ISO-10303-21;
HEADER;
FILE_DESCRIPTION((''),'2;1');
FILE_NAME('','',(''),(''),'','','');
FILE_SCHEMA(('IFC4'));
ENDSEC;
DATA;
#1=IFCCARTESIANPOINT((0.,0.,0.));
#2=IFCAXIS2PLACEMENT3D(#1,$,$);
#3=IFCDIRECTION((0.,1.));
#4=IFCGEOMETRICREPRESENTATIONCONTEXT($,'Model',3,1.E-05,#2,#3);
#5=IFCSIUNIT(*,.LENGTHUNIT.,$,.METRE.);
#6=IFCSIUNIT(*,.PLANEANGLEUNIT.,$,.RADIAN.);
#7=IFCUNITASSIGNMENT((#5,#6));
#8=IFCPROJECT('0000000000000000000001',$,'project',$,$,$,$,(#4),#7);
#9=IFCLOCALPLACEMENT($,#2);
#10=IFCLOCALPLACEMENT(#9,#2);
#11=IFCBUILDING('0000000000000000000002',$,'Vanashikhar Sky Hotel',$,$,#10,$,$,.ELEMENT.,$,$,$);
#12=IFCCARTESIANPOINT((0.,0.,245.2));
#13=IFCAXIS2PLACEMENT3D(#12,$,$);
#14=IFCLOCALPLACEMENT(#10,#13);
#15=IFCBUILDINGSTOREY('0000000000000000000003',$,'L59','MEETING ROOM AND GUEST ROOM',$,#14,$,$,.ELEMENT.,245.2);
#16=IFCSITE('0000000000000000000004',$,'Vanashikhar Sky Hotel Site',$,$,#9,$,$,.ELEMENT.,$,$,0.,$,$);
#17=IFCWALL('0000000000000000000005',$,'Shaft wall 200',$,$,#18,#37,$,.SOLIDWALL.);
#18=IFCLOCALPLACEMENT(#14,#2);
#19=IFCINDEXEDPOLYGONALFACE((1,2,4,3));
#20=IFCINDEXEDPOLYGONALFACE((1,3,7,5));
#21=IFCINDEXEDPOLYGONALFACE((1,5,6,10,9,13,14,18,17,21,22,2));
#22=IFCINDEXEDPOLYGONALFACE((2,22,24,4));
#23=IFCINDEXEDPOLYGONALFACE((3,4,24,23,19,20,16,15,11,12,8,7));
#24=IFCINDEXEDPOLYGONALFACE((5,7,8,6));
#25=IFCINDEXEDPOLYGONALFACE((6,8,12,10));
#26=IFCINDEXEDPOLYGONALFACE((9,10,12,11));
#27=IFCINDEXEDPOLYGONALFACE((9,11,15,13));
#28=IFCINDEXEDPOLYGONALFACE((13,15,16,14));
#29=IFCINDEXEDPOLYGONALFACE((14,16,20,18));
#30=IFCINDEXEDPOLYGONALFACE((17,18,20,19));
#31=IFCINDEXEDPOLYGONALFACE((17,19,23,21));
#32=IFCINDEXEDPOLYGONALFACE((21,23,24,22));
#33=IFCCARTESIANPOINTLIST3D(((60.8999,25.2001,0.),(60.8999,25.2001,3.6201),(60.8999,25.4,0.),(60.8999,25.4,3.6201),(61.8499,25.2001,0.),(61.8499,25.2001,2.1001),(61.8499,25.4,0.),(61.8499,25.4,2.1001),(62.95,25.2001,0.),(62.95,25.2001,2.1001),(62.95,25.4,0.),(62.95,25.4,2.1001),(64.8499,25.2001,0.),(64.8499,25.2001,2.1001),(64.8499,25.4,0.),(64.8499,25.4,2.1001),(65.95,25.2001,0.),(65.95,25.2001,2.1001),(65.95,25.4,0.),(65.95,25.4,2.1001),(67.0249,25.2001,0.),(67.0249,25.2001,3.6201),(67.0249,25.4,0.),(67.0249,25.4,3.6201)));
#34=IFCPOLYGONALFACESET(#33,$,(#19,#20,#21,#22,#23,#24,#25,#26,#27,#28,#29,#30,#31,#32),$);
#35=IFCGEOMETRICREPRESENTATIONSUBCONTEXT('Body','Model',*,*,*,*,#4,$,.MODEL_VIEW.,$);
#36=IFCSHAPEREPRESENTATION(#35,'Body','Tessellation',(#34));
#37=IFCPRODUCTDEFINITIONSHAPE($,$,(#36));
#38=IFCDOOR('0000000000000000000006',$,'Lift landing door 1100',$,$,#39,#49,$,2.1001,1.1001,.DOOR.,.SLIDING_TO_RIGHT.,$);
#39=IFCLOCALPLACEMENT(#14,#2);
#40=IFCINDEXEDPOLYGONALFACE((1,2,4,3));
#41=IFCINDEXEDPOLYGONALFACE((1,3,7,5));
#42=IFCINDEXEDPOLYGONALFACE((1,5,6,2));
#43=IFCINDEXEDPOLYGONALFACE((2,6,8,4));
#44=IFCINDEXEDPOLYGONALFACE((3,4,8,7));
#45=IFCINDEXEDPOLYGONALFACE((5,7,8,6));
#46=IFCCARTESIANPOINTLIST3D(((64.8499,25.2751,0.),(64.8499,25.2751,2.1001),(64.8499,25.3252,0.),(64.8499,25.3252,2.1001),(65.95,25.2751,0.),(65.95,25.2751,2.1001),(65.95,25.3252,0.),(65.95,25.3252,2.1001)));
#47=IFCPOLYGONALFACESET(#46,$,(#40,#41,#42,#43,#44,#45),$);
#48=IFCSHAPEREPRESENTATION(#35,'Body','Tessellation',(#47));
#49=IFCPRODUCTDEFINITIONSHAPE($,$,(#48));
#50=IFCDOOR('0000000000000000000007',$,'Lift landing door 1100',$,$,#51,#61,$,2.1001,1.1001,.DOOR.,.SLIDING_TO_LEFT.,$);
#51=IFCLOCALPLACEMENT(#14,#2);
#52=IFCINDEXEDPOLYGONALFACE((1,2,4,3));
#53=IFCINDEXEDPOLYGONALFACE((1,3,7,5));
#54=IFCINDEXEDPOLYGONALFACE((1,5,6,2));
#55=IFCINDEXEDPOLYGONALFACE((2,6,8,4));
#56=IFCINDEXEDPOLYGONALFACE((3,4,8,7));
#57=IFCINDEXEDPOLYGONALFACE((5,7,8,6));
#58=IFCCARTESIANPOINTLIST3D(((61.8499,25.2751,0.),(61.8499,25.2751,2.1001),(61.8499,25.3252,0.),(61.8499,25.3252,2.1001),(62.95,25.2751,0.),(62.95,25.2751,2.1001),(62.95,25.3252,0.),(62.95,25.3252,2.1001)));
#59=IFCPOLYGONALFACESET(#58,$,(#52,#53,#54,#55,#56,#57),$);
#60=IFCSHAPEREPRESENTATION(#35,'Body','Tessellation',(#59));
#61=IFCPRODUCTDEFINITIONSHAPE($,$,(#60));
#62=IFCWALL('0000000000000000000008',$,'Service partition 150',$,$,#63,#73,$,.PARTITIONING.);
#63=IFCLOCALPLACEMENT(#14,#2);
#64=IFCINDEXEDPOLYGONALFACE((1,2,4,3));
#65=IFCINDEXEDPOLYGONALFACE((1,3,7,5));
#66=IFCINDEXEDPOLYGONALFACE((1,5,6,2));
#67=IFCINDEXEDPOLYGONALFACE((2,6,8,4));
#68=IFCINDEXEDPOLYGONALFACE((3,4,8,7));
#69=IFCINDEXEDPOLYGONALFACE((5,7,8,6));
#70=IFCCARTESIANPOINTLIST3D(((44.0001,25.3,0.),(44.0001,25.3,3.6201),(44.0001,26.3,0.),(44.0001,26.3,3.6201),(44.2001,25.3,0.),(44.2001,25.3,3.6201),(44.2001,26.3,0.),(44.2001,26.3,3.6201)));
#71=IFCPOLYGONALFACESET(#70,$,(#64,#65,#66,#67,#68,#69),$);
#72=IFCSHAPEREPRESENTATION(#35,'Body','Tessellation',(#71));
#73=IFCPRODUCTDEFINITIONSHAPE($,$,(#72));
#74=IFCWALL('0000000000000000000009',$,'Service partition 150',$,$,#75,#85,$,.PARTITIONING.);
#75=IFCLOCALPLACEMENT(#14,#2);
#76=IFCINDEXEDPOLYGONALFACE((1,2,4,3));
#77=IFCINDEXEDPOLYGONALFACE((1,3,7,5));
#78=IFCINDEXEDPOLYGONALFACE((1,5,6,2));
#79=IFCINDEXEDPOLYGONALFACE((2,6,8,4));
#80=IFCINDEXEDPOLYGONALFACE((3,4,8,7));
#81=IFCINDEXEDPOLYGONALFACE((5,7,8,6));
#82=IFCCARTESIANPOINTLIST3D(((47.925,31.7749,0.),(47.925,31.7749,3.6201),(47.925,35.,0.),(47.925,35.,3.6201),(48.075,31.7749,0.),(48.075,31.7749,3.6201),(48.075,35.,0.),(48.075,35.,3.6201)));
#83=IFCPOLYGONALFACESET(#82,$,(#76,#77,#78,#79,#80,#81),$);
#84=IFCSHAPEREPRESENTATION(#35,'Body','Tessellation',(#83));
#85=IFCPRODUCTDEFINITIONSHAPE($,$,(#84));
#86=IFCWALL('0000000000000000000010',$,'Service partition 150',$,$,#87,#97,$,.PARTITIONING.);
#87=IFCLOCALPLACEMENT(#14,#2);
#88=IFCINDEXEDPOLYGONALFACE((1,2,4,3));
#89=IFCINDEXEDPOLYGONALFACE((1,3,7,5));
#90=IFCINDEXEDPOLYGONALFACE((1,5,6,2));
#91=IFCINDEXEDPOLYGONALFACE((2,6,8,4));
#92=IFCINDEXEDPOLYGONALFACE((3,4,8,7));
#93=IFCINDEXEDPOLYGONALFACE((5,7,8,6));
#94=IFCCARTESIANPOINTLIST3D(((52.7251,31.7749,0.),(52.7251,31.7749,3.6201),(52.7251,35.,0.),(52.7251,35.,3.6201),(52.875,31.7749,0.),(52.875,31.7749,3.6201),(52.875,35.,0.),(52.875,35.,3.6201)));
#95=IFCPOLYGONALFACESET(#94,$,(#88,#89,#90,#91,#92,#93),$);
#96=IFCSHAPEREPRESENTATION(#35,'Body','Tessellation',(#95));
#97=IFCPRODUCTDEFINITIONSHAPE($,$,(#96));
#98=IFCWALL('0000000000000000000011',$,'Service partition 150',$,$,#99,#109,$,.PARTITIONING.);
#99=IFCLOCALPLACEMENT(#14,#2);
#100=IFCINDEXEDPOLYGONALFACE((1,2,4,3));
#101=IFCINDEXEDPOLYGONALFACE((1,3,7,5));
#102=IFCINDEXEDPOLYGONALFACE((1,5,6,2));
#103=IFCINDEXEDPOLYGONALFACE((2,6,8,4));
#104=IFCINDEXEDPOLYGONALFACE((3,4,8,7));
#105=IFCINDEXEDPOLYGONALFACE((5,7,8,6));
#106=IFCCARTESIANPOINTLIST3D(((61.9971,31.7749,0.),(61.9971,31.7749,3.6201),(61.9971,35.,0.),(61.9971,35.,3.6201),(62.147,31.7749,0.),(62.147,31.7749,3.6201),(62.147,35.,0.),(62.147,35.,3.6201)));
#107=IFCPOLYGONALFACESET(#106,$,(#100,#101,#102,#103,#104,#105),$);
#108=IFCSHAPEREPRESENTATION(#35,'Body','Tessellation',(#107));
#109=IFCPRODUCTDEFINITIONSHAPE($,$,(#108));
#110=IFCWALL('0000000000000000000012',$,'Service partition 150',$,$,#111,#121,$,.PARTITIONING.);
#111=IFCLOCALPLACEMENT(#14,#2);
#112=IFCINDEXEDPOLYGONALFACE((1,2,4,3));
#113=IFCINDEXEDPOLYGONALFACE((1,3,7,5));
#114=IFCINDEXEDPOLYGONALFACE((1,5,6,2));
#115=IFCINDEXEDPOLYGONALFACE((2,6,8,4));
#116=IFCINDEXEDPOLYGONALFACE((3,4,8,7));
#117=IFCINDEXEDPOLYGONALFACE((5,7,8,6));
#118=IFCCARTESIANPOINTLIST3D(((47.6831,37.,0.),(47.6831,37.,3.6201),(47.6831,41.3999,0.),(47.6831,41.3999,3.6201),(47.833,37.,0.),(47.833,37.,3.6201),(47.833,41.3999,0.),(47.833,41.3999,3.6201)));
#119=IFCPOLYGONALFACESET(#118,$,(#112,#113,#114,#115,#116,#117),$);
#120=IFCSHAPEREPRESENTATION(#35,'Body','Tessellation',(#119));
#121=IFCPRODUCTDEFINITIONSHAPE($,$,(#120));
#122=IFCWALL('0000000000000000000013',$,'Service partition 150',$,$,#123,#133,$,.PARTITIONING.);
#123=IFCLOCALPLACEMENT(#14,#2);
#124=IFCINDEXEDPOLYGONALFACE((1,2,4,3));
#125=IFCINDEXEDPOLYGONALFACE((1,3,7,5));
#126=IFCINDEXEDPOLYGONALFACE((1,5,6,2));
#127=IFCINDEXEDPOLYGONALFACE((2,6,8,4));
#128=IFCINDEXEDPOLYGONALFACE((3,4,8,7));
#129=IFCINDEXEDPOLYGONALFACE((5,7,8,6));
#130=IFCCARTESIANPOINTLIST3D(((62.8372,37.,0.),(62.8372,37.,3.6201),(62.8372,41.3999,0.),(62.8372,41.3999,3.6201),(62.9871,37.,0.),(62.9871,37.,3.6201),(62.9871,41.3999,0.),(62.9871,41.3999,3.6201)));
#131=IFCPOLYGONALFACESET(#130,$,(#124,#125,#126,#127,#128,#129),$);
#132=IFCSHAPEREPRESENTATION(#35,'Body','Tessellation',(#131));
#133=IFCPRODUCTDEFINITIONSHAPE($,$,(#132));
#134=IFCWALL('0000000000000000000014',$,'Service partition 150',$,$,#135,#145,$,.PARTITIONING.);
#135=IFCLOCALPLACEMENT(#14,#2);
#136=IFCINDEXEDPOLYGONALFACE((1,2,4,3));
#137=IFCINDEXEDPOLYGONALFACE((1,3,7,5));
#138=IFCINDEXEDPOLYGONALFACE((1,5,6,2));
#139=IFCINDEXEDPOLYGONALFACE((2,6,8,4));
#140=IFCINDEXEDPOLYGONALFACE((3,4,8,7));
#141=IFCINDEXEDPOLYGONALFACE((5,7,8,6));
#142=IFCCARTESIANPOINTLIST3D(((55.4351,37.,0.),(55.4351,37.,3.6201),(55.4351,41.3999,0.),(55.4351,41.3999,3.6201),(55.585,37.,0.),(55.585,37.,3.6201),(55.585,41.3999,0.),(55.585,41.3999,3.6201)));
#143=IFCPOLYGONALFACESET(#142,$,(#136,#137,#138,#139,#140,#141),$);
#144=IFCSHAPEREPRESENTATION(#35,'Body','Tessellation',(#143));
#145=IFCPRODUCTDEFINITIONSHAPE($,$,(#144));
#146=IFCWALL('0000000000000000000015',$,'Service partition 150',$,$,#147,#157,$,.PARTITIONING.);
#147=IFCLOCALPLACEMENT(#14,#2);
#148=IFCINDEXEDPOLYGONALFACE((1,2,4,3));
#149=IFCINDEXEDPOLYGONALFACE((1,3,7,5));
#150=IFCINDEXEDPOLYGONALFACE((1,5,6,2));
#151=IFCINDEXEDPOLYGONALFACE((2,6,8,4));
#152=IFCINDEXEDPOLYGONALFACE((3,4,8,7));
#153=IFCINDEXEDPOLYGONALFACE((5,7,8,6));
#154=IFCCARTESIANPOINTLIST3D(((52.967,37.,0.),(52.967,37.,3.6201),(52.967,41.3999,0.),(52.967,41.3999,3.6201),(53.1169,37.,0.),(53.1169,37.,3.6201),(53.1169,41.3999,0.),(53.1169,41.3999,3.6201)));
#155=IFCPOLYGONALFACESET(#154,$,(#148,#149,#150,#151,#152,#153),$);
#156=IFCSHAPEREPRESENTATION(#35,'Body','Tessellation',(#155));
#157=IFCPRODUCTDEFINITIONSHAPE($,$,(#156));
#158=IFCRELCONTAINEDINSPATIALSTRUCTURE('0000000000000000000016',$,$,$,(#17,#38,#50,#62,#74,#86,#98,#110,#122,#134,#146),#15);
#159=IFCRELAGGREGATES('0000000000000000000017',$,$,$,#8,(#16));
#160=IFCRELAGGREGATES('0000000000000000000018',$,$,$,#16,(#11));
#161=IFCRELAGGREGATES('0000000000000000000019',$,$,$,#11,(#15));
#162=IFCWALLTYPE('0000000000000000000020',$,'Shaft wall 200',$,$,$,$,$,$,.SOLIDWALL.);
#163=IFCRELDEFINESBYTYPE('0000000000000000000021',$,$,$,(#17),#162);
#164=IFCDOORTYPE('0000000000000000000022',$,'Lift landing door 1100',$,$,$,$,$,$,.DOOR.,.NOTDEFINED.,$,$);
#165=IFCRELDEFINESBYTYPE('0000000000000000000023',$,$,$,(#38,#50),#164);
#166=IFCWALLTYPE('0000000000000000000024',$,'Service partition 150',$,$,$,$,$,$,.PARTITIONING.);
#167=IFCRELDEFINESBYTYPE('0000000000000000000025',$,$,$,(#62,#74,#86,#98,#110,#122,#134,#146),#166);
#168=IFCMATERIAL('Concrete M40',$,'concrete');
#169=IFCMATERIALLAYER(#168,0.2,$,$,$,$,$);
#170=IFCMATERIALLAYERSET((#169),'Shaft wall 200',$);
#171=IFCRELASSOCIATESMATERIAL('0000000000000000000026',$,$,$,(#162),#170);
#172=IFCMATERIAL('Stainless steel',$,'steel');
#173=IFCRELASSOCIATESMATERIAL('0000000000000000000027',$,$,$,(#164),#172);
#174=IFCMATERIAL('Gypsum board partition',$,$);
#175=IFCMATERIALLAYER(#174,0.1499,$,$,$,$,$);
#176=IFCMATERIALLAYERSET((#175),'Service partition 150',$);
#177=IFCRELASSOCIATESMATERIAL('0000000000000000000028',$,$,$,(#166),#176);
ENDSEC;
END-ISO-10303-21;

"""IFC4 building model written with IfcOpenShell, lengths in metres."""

from ifc_helpers import new_model, si_unit, direction, frame, frame_2d, origin, place, context, subcontext, project, spatial, rectangle, extrude, source, transform, mapped, material, layer, layer_set, type_object, element, fill, save


model = new_model("IFC4")

# Units and contexts
model_context = context("Model", 3, precision=1e-05, world=origin(), true_north=direction((0.0, 1.0)))
body_context = subcontext(model_context, "Body", "Model", "MODEL_VIEW")
ifc_project = project(units=[si_unit("LENGTHUNIT", "METRE"), si_unit("PLANEANGLEUNIT", "RADIAN")], contexts=[model_context])

# Site, building, storey
site_placement = place(None, origin())
site = spatial("IfcSite", under=ifc_project, at=site_placement, Name="Vanashikhar Sky Hotel Site", CompositionType="ELEMENT", RefElevation=0.0)
building_placement = place(site_placement, origin())
building = spatial("IfcBuilding", under=site, at=building_placement, Name="Vanashikhar Sky Hotel", CompositionType="ELEMENT")
storey_placement = place(building_placement, frame((0.0, 0.0, 245.2)))
storey = spatial("IfcBuildingStorey", under=building, at=storey_placement, Name="L59", Description="MEETING ROOM AND GUEST ROOM", CompositionType="ELEMENT", Elevation=245.2)

# Shared definitions
shared_shape_1 = source(origin(), body_context, "Body", "SweptSolid", [
    extrude(rectangle(XDim=1.1001, YDim=2.1001, at=frame_2d((0.55, 1.05))), frame((0.0, 0.0249, 0.0), z_axis=(0.0, -1.0, 0.0), x_axis=(1.0, 0.0, 0.0)), (0.0, 0.0, 1.0), 0.05),
])

# Shared definitions
ifc_material_1 = material(Name="Concrete M40", Category="concrete")
ifc_layer_1 = layer(ifc_material_1, 0.2)
ifc_layer_set_1 = layer_set([ifc_layer_1], Name="Shaft wall 200")
wall_type_1 = type_object("IfcWallType", Name="Shaft wall 200", PredefinedType="SOLIDWALL", material=ifc_layer_set_1)
shared_shape_2 = source(origin(), body_context, "Body", "SweptSolid", [
    extrude(rectangle(XDim=1.1001, YDim=2.1001, at=frame_2d((0.55, 1.05))), frame((0.0, 0.1099, 0.0), z_axis=(0.0, -1.0, 0.0), x_axis=(1.0, 0.0, 0.0)), (0.0, 0.0, 1.0), 0.22),
])
ifc_material_2 = material(Name="Stainless steel", Category="steel")
door_type_1 = type_object("IfcDoorType", Name="Lift landing door 1100", OperationType="NOTDEFINED", PredefinedType="DOOR", material=ifc_material_2)

# Wall, openings, doors
shared_shape_3 = source(origin(), body_context, "Body", "SweptSolid", [
    extrude(rectangle(XDim=6.125, YDim=0.2, at=frame_2d((3.0625, 0.0))), origin(), (0.0, 0.0, 1.0), 3.6201),
])
wall_1_placement = place(storey_placement, frame((67.0249, 25.3, 0.0), z_axis=(0.0, 0.0, 1.0), x_axis=(-1.0, 0.0, 0.0)))
wall_1 = element("IfcWall", 1, at=wall_1_placement, inside=storey, type_object=wall_type_1, Name="Shaft wall 200", PredefinedType="SOLIDWALL", context=body_context, shape_type="MappedRepresentation", body=[
    mapped(shared_shape_3, transform((0.0, 0.0, 0.0), scale=1.0)),
])
opening_1_placement = place(wall_1_placement, frame((1.075, 0.0, 0.0)))
opening_1 = element("IfcOpeningElement", 2, at=opening_1_placement, cuts=wall_1, PredefinedType="OPENING", context=body_context, shape_type="MappedRepresentation", body=[
    mapped(shared_shape_2, transform((0.0, 0.0, 0.0), scale=1.0)),
])
opening_2_placement = place(wall_1_placement, frame((4.075, 0.0, 0.0)))
opening_2 = element("IfcOpeningElement", 3, at=opening_2_placement, cuts=wall_1, PredefinedType="OPENING", context=body_context, shape_type="MappedRepresentation", body=[
    mapped(shared_shape_2, transform((0.0, 0.0, 0.0), scale=1.0)),
])
door_1_placement = place(opening_1_placement, origin())
door_1 = element("IfcDoor", 4, at=door_1_placement, inside=storey, type_object=door_type_1, Name="Lift landing door 1100", OperationType="SLIDING_TO_RIGHT", OverallHeight=2.1001, OverallWidth=1.1001, PredefinedType="DOOR", context=body_context, shape_type="MappedRepresentation", body=[
    mapped(shared_shape_1, transform((0.0, 0.0, 0.0), scale=1.0)),
])
fill(opening_1, door_1)
door_2_placement = place(opening_2_placement, origin())
door_2 = element("IfcDoor", 5, at=door_2_placement, inside=storey, type_object=door_type_1, Name="Lift landing door 1100", OperationType="SLIDING_TO_LEFT", OverallHeight=2.1001, OverallWidth=1.1001, PredefinedType="DOOR", context=body_context, shape_type="MappedRepresentation", body=[
    mapped(shared_shape_1, transform((0.0, 0.0, 0.0), scale=1.0)),
])
fill(opening_2, door_2)

# Walls
ifc_material_3 = material(Name="Gypsum board partition")
ifc_layer_2 = layer(ifc_material_3, 0.1499)
ifc_layer_set_2 = layer_set([ifc_layer_2], Name="Service partition 150")
wall_type_2 = type_object("IfcWallType", Name="Service partition 150", PredefinedType="PARTITIONING", material=ifc_layer_set_2)
shared_shape_4 = source(origin(), body_context, "Body", "SweptSolid", [
    extrude(rectangle(XDim=1.0, YDim=0.2, at=frame_2d((0.5, 0.0))), origin(), (0.0, 0.0, 1.0), 3.6201),
])
wall_2_placement = place(storey_placement, frame((44.1001, 25.3, 0.0), z_axis=(0.0, 0.0, 1.0), x_axis=(0.0, 1.0, 0.0)))
element("IfcWall", 6, at=wall_2_placement, inside=storey, type_object=wall_type_2, Name="Service partition 150", PredefinedType="PARTITIONING", context=body_context, shape_type="MappedRepresentation", body=[
    mapped(shared_shape_4, transform((0.0, 0.0, 0.0), scale=1.0)),
])
shared_shape_5 = source(origin(), body_context, "Body", "SweptSolid", [
    extrude(rectangle(XDim=3.2251, YDim=0.1499, at=frame_2d((1.6125, 0.0))), origin(), (0.0, 0.0, 1.0), 3.6201),
])
for number, where, z_axis, x_axis, name in (
    (7, (48.0, 31.7749, 0.0), (0.0, 0.0, 1.0), (0.0, 1.0, 0.0), "Service partition 150"),
    (8, (52.8, 31.7749, 0.0), (0.0, 0.0, 1.0), (0.0, 1.0, 0.0), "Service partition 150"),
    (9, (62.072, 31.7749, 0.0), (0.0, 0.0, 1.0), (0.0, 1.0, 0.0), "Service partition 150"),
):
    element("IfcWall", number, at=place(storey_placement, frame(where, z_axis=z_axis, x_axis=x_axis)), inside=storey, type_object=wall_type_2, Name=name, PredefinedType="PARTITIONING", context=body_context, shape_type="MappedRepresentation", body=[
        mapped(shared_shape_5, transform((0.0, 0.0, 0.0), scale=1.0)),
    ])
shared_shape_6 = source(origin(), body_context, "Body", "SweptSolid", [
    extrude(rectangle(XDim=4.3999, YDim=0.1499, at=frame_2d((2.2, 0.0))), origin(), (0.0, 0.0, 1.0), 3.6201),
])
for number, where, z_axis, x_axis, name in (
    (10, (47.7581, 37.0, 0.0), (0.0, 0.0, 1.0), (0.0, 1.0, 0.0), "Service partition 150"),
    (11, (62.9121, 37.0, 0.0), (0.0, 0.0, 1.0), (0.0, 1.0, 0.0), "Service partition 150"),
    (12, (55.51, 37.0, 0.0), (0.0, 0.0, 1.0), (0.0, 1.0, 0.0), "Service partition 150"),
    (13, (53.042, 37.0, 0.0), (0.0, 0.0, 1.0), (0.0, 1.0, 0.0), "Service partition 150"),
):
    element("IfcWall", number, at=place(storey_placement, frame(where, z_axis=z_axis, x_axis=x_axis)), inside=storey, type_object=wall_type_2, Name=name, PredefinedType="PARTITIONING", context=body_context, shape_type="MappedRepresentation", body=[
        mapped(shared_shape_6, transform((0.0, 0.0, 0.0), scale=1.0)),
    ])

save(model, "model.ifc")
